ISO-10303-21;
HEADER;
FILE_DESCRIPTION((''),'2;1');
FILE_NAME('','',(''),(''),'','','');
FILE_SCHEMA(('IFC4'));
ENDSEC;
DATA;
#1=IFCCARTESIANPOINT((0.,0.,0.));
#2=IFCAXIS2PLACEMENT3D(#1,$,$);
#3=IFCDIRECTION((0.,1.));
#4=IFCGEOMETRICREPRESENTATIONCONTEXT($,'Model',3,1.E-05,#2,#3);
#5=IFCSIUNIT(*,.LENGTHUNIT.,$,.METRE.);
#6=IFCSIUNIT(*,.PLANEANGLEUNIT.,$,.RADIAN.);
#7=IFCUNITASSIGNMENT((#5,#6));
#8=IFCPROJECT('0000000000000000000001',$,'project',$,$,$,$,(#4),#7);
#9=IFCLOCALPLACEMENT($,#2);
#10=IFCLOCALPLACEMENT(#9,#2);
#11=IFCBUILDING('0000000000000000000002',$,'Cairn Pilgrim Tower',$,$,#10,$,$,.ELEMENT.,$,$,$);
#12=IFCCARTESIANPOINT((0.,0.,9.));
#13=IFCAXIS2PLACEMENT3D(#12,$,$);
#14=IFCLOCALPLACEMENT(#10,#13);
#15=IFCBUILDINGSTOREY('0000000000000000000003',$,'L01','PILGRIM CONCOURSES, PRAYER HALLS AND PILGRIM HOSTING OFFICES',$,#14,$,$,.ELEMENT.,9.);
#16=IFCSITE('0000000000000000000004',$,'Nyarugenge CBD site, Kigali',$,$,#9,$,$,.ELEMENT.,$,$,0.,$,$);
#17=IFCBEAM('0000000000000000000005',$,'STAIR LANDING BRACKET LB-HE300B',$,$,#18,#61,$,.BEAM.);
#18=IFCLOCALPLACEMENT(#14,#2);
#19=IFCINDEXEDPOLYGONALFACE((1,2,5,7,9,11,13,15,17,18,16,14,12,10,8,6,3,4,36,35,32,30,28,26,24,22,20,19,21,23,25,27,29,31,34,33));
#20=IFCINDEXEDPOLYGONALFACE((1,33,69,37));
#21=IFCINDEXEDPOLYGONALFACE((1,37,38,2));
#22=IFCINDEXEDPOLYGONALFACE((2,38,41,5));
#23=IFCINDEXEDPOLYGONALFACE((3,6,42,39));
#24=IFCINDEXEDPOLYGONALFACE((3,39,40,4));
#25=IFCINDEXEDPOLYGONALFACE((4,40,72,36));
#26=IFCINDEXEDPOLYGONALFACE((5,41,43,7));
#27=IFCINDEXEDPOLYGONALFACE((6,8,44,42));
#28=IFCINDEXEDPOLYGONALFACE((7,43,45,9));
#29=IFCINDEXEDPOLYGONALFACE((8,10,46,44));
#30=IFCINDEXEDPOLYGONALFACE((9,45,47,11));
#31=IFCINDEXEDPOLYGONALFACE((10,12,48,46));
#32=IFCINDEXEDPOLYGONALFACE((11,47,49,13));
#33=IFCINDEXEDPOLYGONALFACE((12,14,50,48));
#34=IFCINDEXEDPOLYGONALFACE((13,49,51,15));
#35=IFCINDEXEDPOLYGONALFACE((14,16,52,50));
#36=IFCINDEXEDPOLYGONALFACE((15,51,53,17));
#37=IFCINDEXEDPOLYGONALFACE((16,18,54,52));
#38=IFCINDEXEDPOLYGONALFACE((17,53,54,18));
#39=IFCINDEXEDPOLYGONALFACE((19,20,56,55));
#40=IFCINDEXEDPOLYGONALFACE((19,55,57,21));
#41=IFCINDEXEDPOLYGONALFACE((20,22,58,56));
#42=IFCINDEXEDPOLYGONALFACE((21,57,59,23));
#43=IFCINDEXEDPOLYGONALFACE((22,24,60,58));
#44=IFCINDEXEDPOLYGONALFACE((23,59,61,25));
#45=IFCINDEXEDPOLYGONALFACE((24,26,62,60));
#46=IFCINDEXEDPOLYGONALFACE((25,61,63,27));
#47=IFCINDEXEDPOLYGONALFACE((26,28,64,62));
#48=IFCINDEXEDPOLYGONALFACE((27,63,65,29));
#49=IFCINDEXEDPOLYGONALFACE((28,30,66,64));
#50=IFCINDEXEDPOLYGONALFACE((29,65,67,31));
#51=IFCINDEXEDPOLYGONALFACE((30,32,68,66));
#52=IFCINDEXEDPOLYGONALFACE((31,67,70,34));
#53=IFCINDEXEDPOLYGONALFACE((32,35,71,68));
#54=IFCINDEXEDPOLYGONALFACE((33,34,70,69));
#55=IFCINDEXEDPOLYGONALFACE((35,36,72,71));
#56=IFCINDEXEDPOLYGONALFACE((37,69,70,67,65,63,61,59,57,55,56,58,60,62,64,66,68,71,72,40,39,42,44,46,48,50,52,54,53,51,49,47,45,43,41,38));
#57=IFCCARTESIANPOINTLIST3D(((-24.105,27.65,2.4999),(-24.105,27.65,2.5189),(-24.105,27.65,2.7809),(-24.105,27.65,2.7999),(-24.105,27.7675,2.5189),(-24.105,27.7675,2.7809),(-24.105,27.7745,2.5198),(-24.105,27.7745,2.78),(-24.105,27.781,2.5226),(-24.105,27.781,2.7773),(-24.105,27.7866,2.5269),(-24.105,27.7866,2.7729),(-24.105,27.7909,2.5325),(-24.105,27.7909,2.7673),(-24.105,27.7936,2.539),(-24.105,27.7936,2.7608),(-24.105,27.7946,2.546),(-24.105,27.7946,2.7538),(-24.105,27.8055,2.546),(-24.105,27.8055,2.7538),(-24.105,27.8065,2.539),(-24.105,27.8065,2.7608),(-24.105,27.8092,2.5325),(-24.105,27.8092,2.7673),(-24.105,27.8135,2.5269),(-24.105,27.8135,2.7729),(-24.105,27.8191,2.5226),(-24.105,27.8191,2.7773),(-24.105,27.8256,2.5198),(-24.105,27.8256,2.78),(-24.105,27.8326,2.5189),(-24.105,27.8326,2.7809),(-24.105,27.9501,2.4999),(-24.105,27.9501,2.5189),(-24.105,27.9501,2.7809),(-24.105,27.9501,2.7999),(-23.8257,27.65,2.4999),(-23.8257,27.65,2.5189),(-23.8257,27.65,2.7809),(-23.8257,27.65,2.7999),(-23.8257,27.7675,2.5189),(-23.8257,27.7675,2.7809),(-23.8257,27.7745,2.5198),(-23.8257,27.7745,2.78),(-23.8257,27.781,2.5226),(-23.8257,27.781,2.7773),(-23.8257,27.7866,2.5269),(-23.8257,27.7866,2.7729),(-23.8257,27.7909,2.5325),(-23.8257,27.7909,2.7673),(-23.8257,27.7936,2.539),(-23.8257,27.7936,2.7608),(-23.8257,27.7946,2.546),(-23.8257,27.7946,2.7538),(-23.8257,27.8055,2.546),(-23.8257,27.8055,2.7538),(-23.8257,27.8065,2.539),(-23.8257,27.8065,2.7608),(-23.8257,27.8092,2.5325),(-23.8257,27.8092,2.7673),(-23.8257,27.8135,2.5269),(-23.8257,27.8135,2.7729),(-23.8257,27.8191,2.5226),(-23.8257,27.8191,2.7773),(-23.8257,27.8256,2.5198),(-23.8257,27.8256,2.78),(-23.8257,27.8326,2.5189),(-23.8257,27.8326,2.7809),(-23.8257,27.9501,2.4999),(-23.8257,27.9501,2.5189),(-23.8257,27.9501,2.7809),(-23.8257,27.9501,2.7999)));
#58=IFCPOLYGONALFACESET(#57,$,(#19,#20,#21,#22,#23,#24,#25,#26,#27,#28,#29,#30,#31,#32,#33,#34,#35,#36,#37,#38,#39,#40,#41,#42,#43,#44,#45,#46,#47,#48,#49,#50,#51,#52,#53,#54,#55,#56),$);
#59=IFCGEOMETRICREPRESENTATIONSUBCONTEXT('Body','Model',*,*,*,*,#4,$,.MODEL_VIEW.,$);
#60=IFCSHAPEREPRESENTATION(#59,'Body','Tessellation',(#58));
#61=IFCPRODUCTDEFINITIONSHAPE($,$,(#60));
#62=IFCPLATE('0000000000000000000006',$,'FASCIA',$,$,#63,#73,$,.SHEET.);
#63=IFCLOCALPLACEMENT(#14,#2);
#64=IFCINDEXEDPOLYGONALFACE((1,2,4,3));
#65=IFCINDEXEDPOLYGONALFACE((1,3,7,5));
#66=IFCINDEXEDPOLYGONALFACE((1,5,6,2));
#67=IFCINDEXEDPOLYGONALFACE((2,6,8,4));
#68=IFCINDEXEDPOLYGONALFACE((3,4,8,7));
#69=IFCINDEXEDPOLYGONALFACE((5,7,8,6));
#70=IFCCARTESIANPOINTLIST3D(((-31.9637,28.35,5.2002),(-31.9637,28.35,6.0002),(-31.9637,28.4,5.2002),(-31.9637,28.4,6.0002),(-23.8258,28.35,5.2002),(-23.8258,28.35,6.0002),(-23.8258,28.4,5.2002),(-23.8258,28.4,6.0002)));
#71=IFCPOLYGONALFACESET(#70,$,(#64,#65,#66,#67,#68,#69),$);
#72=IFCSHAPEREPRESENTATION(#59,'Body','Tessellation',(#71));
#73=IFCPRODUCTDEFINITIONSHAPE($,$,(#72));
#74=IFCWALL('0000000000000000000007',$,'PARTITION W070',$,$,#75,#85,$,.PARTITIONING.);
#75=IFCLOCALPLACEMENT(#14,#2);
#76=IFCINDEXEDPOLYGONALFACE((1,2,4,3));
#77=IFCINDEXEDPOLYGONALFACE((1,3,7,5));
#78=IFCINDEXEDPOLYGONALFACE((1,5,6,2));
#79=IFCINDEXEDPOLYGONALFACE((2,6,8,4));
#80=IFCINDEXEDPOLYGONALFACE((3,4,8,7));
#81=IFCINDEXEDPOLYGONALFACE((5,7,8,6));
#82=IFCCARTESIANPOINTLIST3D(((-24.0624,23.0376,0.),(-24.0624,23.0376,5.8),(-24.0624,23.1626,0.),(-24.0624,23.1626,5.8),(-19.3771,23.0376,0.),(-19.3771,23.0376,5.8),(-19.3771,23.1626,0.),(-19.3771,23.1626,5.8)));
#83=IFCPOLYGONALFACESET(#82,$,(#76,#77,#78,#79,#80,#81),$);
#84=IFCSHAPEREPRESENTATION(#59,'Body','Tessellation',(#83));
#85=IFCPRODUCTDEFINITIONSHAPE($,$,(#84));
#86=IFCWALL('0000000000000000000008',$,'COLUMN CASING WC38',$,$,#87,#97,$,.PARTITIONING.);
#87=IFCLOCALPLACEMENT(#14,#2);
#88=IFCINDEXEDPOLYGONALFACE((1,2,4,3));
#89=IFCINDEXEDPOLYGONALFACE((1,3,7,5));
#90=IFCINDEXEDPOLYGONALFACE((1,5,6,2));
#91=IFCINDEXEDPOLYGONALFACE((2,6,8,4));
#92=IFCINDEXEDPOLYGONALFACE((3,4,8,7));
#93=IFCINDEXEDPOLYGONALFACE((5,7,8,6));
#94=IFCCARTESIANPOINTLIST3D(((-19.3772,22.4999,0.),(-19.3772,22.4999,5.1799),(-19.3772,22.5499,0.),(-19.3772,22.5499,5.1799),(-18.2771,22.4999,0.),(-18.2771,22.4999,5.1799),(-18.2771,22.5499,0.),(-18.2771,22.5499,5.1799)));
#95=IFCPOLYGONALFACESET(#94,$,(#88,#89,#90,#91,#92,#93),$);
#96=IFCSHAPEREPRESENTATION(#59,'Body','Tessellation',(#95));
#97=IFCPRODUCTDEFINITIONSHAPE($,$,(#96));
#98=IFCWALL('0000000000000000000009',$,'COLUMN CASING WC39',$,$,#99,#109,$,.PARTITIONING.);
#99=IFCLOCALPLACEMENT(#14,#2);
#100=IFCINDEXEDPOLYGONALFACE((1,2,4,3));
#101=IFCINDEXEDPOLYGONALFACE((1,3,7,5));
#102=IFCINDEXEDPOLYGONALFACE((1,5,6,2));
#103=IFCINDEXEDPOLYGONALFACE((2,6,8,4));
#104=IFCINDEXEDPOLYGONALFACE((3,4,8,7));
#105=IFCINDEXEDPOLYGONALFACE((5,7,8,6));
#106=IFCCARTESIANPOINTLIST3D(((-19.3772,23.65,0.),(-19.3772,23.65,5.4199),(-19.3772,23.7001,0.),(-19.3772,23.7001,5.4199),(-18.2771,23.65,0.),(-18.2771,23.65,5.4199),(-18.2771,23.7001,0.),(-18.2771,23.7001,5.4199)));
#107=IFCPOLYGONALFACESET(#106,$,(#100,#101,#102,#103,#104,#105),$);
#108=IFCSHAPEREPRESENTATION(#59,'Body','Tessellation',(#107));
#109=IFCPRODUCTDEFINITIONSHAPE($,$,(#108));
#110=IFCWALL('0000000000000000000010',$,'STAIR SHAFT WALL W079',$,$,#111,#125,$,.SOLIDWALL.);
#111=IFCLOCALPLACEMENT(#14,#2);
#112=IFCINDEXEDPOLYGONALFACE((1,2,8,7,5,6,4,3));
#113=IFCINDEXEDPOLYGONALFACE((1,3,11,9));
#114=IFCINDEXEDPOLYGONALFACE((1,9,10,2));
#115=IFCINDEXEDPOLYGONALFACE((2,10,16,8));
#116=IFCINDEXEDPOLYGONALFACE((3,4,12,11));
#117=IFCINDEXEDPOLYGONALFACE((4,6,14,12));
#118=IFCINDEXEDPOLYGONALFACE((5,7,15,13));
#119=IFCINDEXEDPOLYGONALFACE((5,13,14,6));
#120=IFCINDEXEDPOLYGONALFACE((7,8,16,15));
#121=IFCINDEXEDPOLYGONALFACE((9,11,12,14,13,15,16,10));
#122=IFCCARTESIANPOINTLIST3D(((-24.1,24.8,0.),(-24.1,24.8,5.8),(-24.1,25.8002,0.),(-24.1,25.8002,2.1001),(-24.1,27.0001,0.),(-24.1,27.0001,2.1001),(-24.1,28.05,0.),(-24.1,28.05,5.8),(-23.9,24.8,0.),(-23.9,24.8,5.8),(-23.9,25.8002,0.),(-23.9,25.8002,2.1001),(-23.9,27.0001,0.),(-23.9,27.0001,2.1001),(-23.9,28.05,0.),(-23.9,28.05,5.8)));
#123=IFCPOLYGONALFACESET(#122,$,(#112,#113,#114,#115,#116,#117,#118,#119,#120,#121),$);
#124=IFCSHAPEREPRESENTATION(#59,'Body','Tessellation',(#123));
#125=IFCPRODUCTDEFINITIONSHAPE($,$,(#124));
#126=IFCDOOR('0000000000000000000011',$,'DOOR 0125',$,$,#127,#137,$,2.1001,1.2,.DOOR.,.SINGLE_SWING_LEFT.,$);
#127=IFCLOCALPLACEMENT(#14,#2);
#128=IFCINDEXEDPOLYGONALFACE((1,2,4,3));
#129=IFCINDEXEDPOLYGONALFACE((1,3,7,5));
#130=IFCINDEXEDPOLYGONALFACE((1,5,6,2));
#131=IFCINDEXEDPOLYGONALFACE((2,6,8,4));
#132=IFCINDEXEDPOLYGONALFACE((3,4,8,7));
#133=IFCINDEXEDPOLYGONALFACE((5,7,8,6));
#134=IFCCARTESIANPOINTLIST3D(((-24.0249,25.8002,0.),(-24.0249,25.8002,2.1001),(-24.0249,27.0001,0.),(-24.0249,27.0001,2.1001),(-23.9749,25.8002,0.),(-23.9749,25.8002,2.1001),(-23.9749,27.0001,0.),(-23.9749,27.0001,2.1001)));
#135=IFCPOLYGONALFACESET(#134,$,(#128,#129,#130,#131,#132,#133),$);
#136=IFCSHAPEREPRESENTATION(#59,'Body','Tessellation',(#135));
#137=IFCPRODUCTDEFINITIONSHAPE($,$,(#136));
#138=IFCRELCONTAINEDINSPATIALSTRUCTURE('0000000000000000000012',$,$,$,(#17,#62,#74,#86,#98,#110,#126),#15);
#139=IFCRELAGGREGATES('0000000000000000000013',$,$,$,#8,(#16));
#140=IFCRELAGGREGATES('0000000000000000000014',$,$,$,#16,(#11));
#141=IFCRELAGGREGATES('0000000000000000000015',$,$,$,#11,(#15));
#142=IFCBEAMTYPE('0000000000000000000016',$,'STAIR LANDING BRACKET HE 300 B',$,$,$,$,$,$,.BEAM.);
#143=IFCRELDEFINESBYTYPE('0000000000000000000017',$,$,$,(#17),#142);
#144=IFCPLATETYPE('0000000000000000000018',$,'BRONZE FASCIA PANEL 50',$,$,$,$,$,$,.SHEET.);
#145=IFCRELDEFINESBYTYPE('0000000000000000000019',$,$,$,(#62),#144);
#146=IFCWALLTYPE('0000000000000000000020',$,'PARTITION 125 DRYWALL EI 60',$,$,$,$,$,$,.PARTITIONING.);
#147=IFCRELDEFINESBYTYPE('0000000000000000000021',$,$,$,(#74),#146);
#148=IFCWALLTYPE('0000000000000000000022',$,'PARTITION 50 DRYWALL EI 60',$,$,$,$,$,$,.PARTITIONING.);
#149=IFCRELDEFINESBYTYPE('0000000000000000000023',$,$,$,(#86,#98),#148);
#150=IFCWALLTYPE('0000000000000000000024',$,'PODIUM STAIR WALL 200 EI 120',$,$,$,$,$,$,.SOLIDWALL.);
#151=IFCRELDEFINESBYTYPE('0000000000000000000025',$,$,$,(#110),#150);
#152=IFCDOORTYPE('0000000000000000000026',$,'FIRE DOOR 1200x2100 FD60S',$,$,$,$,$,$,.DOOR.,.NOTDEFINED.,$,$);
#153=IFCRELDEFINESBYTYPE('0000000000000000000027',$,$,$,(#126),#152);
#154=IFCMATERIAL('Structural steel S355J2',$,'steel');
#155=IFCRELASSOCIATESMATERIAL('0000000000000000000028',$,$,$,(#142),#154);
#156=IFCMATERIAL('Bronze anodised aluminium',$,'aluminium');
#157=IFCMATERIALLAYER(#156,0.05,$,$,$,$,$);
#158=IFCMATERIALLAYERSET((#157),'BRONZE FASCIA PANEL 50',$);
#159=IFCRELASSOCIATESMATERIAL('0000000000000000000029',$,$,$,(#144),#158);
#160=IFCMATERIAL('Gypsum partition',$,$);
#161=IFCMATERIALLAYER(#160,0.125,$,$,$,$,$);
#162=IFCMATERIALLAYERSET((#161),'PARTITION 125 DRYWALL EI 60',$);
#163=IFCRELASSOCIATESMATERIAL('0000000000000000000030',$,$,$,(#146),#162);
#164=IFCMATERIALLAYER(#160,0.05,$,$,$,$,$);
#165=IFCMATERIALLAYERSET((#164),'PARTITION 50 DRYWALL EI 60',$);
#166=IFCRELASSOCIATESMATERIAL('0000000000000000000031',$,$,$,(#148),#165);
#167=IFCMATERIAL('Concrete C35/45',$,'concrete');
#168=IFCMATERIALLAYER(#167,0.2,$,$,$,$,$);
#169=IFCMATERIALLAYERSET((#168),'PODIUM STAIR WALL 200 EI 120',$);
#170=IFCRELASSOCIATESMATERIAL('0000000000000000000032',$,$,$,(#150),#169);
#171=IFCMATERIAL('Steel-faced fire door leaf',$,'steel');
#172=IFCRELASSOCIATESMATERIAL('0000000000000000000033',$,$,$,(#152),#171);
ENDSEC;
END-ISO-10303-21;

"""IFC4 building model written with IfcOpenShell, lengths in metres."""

from ifc_helpers import new_model, si_unit, direction, frame, frame_2d, origin, origin_2d, place, context, subcontext, project, spatial, rectangle, i_section, extrude, material, layer, layer_set, material_profile, profile_set, type_object, element, fill, save


model = new_model("IFC4")

# Units and contexts
model_context = context("Model", 3, precision=1e-05, world=origin(), true_north=direction((0.0, 1.0)))
body_context = subcontext(model_context, "Body", "Model", "MODEL_VIEW")
ifc_project = project(units=[si_unit("LENGTHUNIT", "METRE"), si_unit("PLANEANGLEUNIT", "RADIAN")], contexts=[model_context])

# Site, building, storey
site_placement = place(None, origin())
site = spatial("IfcSite", under=ifc_project, at=site_placement, Name="Nyarugenge CBD site, Kigali", CompositionType="ELEMENT", RefElevation=0.0)
building_placement = place(site_placement, origin())
building = spatial("IfcBuilding", under=site, at=building_placement, Name="Cairn Pilgrim Tower", CompositionType="ELEMENT")
storey_placement = place(building_placement, frame((0.0, 0.0, 9.0)))
storey = spatial("IfcBuildingStorey", under=building, at=storey_placement, Name="L01", Description="PILGRIM CONCOURSES, PRAYER HALLS AND PILGRIM HOSTING OFFICES", CompositionType="ELEMENT", Elevation=9.0)

# Shared definitions
ifc_material_1 = material(Name="Structural steel S355J2", Category="steel")

# Beam
ifc_material_profile_1 = material_profile(ifc_material_1, i_section(OverallWidth=0.3, OverallDepth=0.3, WebThickness=0.011, FlangeThickness=0.019, FilletRadius=0.0271, at=origin_2d()), Name="HE 300 B")
ifc_profile_set_1 = profile_set([ifc_material_profile_1], Name="Structural steel S355J2")
beam_type_1 = type_object("IfcBeamType", Name="STAIR LANDING BRACKET HE 300 B", PredefinedType="BEAM", material=ifc_profile_set_1)
beam_1_placement = place(storey_placement, frame((-23.8257, 27.8, 2.6499), z_axis=(-1.0, 0.0, 0.0), x_axis=(0.0, -1.0, 0.0)))
element("IfcBeam", 1, at=beam_1_placement, inside=storey, type_object=beam_type_1, Name="STAIR LANDING BRACKET LB-HE300B", PredefinedType="BEAM", context=body_context, shape_type="SweptSolid", body=[
    extrude(i_section(OverallWidth=0.3, OverallDepth=0.3, WebThickness=0.011, FlangeThickness=0.019, FilletRadius=0.0271, at=origin_2d()), origin(), (0.0, 0.0, 1.0), 0.2793),
])

# Plate
ifc_material_2 = material(Name="Bronze anodised aluminium", Category="aluminium")
ifc_layer_1 = layer(ifc_material_2, 0.05)
ifc_layer_set_1 = layer_set([ifc_layer_1], Name="BRONZE FASCIA PANEL 50")
plate_type = type_object("IfcPlateType", Name="BRONZE FASCIA PANEL 50", PredefinedType="SHEET", material=ifc_layer_set_1)
plate_placement = place(storey_placement, frame((-27.8948, 28.375, 5.2002), z_axis=(0.0, 0.0, 1.0), x_axis=(-1.0, 0.0, 0.0)))
element("IfcPlate", 2, at=plate_placement, inside=storey, type_object=plate_type, Name="FASCIA", PredefinedType="SHEET", context=body_context, shape_type="SweptSolid", body=[
    extrude(rectangle(XDim=8.1379, YDim=0.05, at=origin_2d()), origin(), (0.0, 0.0, 1.0), 0.8),
])

# Walls
ifc_material_3 = material(Name="Gypsum partition")
ifc_layer_2 = layer(ifc_material_3, 0.125)
ifc_layer_set_2 = layer_set([ifc_layer_2], Name="PARTITION 125 DRYWALL EI 60")
wall_type_1 = type_object("IfcWallType", Name="PARTITION 125 DRYWALL EI 60", PredefinedType="PARTITIONING", material=ifc_layer_set_2)
wall_1_placement = place(storey_placement, frame((-24.0625, 23.1001, 0.0), z_axis=(0.0, 0.0, 1.0), x_axis=(1.0, 0.0, 0.0)))
element("IfcWall", 3, at=wall_1_placement, inside=storey, type_object=wall_type_1, Name="PARTITION W070", PredefinedType="PARTITIONING", context=body_context, shape_type="SweptSolid", body=[
    extrude(rectangle(XDim=4.6853, YDim=0.125, at=frame_2d((2.3428, 0.0))), origin(), (0.0, 0.0, 1.0), 5.8),
])
ifc_layer_3 = layer(ifc_material_3, 0.05)
ifc_layer_set_3 = layer_set([ifc_layer_3], Name="PARTITION 50 DRYWALL EI 60")
wall_type_2 = type_object("IfcWallType", Name="PARTITION 50 DRYWALL EI 60", PredefinedType="PARTITIONING", material=ifc_layer_set_3)
wall_2_placement = place(storey_placement, frame((-19.3772, 22.5249, 0.0), z_axis=(0.0, 0.0, 1.0), x_axis=(1.0, 0.0, 0.0)))
element("IfcWall", 4, at=wall_2_placement, inside=storey, type_object=wall_type_2, Name="COLUMN CASING WC38", PredefinedType="PARTITIONING", context=body_context, shape_type="SweptSolid", body=[
    extrude(rectangle(XDim=1.1001, YDim=0.05, at=frame_2d((0.55, 0.0))), origin(), (0.0, 0.0, 1.0), 5.1799),
])
wall_3_placement = place(storey_placement, frame((-19.3772, 23.675, 0.0), z_axis=(0.0, 0.0, 1.0), x_axis=(1.0, 0.0, 0.0)))
element("IfcWall", 5, at=wall_3_placement, inside=storey, type_object=wall_type_2, Name="COLUMN CASING WC39", PredefinedType="PARTITIONING", context=body_context, shape_type="SweptSolid", body=[
    extrude(rectangle(XDim=1.1001, YDim=0.05, at=frame_2d((0.55, 0.0))), origin(), (0.0, 0.0, 1.0), 5.4199),
])

# Wall, opening, door
ifc_material_4 = material(Name="Concrete C35/45", Category="concrete")
ifc_layer_4 = layer(ifc_material_4, 0.2)
ifc_layer_set_4 = layer_set([ifc_layer_4], Name="PODIUM STAIR WALL 200 EI 120")
wall_type_3 = type_object("IfcWallType", Name="PODIUM STAIR WALL 200 EI 120", PredefinedType="SOLIDWALL", material=ifc_layer_set_4)
wall_4_placement = place(storey_placement, frame((-24.0, 24.8, 0.0), z_axis=(0.0, 0.0, 1.0), x_axis=(0.0, 1.0, 0.0)))
wall_4 = element("IfcWall", 6, at=wall_4_placement, inside=storey, type_object=wall_type_3, Name="STAIR SHAFT WALL W079", PredefinedType="SOLIDWALL", context=body_context, shape_type="SweptSolid", body=[
    extrude(rectangle(XDim=3.25, YDim=0.2, at=frame_2d((1.625, 0.0))), origin(), (0.0, 0.0, 1.0), 5.8),
])
opening_1_placement = place(wall_4_placement, frame((1.0, 0.0, 0.0)))
opening_1 = element("IfcOpeningElement", 7, at=opening_1_placement, cuts=wall_4, PredefinedType="OPENING", context=body_context, shape_type="SweptSolid", body=[
    extrude(rectangle(XDim=1.2, YDim=2.1001, at=frame_2d((0.6001, 1.05))), frame((0.0, 0.1099, 0.0), z_axis=(0.0, -1.0, 0.0), x_axis=(1.0, 0.0, 0.0)), (0.0, 0.0, 1.0), 0.22),
])
ifc_material_5 = material(Name="Steel-faced fire door leaf", Category="steel")
door_type = type_object("IfcDoorType", Name="FIRE DOOR 1200x2100 FD60S", OperationType="NOTDEFINED", PredefinedType="DOOR", material=ifc_material_5)
door_placement = place(opening_1_placement, origin())
door = element("IfcDoor", 8, at=door_placement, inside=storey, type_object=door_type, Name="DOOR 0125", OperationType="SINGLE_SWING_LEFT", OverallHeight=2.1001, OverallWidth=1.2, PredefinedType="DOOR", context=body_context, shape_type="SweptSolid", body=[
    extrude(rectangle(XDim=1.2, YDim=2.1001, at=frame_2d((0.6001, 1.05))), frame((0.0, 0.0249, 0.0), z_axis=(0.0, -1.0, 0.0), x_axis=(1.0, 0.0, 0.0)), (0.0, 0.0, 1.0), 0.05),
])
fill(opening_1, door)

save(model, "model.ifc")
